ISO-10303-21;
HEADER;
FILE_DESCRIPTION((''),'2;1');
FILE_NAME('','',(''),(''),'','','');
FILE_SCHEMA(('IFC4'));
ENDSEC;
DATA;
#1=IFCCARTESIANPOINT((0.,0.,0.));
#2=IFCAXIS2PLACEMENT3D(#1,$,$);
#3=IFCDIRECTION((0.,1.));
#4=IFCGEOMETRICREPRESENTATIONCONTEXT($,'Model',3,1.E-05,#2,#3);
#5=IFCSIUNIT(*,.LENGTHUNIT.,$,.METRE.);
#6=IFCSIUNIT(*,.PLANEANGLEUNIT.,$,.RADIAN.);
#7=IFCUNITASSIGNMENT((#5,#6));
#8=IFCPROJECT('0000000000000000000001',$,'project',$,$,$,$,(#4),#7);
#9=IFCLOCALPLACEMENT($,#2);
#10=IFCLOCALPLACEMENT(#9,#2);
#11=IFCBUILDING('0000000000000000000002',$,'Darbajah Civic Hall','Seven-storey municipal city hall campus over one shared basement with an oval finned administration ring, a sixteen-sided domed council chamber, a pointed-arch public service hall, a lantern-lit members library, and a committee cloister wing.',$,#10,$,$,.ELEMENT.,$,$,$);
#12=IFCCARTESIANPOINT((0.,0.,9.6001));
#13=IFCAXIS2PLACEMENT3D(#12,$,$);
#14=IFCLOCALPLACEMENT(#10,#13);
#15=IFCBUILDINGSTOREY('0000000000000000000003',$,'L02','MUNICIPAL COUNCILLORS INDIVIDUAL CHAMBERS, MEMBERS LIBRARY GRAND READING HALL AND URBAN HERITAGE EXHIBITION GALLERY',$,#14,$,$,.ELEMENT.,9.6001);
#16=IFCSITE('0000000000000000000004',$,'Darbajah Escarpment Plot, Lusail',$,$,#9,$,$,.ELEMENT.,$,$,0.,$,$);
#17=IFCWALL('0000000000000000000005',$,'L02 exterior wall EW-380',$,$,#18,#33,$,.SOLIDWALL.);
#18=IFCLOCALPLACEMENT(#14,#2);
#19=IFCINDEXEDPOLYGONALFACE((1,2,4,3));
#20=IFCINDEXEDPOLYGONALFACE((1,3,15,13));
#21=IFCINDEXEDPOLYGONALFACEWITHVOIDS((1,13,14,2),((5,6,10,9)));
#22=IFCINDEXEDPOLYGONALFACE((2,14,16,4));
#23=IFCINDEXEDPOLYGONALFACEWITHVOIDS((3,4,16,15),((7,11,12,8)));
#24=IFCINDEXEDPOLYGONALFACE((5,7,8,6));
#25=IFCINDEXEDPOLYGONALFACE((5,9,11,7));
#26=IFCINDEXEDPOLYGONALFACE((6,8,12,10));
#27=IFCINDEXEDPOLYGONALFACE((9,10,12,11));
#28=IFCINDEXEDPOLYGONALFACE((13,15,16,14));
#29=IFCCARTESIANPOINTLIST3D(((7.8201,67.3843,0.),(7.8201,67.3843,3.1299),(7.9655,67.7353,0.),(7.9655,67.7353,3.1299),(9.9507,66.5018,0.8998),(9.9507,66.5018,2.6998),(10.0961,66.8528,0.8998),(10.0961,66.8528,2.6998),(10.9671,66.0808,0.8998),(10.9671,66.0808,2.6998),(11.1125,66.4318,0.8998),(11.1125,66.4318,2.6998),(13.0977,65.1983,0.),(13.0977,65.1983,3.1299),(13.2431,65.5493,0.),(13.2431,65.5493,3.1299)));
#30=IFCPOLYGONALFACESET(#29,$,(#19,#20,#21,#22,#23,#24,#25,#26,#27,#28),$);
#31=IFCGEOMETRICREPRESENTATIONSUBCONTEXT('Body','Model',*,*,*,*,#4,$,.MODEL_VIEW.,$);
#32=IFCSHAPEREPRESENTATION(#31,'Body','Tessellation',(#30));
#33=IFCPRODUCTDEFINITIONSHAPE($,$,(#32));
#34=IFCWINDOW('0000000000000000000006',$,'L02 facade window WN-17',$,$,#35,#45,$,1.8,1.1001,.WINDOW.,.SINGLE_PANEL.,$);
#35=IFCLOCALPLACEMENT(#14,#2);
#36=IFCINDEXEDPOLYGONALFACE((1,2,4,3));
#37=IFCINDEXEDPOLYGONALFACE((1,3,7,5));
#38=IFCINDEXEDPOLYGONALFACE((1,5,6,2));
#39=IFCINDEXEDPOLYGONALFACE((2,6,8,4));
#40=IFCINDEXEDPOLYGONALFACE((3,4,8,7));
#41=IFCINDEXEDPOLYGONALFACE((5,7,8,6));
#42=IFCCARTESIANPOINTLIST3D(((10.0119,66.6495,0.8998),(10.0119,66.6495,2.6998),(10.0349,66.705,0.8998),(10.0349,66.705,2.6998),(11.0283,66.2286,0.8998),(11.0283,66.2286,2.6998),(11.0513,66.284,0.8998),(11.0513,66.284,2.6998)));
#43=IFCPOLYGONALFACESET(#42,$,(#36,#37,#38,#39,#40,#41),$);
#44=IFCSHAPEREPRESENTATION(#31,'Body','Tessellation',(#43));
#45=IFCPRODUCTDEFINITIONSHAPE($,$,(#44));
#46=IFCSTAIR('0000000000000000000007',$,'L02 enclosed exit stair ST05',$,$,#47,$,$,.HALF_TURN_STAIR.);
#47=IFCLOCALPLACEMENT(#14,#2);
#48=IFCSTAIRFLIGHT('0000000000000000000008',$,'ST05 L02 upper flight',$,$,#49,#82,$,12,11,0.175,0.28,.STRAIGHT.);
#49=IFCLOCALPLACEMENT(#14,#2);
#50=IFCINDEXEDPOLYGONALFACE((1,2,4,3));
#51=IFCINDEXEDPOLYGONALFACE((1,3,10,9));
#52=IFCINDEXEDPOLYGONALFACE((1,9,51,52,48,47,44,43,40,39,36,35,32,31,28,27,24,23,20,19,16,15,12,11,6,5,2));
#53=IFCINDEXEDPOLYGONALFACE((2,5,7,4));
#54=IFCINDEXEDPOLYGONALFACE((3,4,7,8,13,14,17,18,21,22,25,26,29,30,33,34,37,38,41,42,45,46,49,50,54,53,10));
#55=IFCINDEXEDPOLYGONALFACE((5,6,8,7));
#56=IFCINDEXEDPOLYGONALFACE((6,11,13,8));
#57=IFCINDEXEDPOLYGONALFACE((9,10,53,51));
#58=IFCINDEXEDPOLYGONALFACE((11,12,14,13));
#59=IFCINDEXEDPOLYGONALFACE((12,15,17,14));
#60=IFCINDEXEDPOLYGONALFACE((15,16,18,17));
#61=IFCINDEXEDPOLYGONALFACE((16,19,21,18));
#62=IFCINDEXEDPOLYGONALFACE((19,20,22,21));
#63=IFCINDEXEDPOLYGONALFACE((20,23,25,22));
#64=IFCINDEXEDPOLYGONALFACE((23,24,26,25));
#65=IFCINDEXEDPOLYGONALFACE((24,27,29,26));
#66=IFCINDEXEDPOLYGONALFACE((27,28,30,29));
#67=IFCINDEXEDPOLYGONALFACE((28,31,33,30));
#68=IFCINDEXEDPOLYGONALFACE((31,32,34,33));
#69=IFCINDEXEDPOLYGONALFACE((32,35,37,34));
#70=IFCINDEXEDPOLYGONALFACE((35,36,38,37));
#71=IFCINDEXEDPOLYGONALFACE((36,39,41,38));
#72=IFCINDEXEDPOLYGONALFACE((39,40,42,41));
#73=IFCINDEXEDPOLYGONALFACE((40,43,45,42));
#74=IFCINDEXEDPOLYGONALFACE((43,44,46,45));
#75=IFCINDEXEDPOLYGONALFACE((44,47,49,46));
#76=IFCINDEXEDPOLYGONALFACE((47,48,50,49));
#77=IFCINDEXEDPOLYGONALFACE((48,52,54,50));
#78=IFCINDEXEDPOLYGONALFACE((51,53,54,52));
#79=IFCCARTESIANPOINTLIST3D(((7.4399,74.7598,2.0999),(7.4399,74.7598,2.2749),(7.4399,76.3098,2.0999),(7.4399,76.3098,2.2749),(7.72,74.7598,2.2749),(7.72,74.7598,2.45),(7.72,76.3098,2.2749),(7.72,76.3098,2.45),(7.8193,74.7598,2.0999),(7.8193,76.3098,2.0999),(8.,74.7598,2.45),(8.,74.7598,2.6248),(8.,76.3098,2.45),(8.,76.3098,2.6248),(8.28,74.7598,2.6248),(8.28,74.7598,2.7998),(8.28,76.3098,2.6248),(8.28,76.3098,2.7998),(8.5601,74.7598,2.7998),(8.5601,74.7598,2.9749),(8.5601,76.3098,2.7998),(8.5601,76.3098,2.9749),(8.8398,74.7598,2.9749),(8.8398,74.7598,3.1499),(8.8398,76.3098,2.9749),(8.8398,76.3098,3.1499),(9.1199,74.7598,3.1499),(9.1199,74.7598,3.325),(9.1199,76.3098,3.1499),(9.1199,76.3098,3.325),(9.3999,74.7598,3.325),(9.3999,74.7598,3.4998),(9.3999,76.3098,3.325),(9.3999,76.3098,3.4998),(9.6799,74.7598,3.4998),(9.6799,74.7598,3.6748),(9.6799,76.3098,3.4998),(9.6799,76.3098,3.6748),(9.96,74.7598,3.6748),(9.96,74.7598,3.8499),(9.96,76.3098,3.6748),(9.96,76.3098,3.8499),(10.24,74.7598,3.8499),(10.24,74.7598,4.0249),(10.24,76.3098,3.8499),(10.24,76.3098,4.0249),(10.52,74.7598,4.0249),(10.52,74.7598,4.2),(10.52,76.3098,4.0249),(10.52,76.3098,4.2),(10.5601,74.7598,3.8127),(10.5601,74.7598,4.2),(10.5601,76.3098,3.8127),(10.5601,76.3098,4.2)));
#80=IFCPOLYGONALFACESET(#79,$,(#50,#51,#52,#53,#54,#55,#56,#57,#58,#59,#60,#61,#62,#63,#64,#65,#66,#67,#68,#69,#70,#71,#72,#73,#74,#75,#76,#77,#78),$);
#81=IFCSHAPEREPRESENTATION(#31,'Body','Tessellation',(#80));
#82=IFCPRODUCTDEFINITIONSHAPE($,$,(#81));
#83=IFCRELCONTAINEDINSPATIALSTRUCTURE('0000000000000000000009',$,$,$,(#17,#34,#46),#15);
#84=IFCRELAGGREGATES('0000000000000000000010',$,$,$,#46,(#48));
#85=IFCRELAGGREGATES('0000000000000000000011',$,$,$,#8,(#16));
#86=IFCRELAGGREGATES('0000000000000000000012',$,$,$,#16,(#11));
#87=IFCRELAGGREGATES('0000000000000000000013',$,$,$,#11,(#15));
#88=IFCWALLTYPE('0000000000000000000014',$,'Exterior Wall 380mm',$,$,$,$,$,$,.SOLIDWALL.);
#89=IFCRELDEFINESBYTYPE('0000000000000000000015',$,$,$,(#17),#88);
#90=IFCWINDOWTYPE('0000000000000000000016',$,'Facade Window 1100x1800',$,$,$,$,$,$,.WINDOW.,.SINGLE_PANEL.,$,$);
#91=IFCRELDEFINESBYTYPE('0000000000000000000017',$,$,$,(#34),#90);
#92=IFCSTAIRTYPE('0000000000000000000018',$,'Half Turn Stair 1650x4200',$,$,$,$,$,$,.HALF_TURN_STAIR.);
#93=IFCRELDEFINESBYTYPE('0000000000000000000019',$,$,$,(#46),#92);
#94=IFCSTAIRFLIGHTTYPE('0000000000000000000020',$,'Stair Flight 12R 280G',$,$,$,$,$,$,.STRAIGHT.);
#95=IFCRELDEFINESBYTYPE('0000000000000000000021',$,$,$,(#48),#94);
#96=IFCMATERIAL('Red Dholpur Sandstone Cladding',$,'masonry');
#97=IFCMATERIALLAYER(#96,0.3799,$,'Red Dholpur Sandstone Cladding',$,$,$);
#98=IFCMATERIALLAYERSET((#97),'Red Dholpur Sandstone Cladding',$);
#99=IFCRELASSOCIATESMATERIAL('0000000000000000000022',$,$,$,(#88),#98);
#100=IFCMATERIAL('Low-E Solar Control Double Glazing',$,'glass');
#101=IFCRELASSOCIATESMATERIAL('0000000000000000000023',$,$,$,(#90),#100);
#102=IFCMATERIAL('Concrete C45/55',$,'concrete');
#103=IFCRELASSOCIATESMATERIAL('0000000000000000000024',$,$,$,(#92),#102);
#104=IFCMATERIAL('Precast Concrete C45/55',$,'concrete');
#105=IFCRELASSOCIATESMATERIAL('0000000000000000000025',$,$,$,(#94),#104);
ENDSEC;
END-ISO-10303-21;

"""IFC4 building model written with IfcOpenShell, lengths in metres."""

from ifc_helpers import new_model, si_unit, direction, frame, frame_2d, origin, place, context, subcontext, project, spatial, polyline, rectangle, outline, extrude, material, layer, layer_set, type_object, element, fill, aggregate, save


model = new_model("IFC4")

# Units and contexts
model_context = context("Model", 3, precision=1e-05, world=origin(), true_north=direction((0.0, 1.0)))
body_context = subcontext(model_context, "Body", "Model", "MODEL_VIEW")
ifc_project = project(units=[si_unit("LENGTHUNIT", "METRE"), si_unit("PLANEANGLEUNIT", "RADIAN")], contexts=[model_context])

# Site, building, storey
site_placement = place(None, origin())
site = spatial("IfcSite", under=ifc_project, at=site_placement, Name="Darbajah Escarpment Plot, Lusail", CompositionType="ELEMENT", RefElevation=0.0)
building_placement = place(site_placement, origin())
building = spatial("IfcBuilding", under=site, at=building_placement, Name="Darbajah Civic Hall", Description="Seven-storey municipal city hall campus over one shared basement with an oval finned administration ring, a sixteen-sided domed council chamber, a pointed-arch public service hall, a lantern-lit members library, and a committee cloister wing.", CompositionType="ELEMENT")
storey_placement = place(building_placement, frame((0.0, 0.0, 9.6001)))
storey = spatial("IfcBuildingStorey", under=building, at=storey_placement, Name="L02", Description="MUNICIPAL COUNCILLORS INDIVIDUAL CHAMBERS, MEMBERS LIBRARY GRAND READING HALL AND URBAN HERITAGE EXHIBITION GALLERY", CompositionType="ELEMENT", Elevation=9.6001)

# Shared definitions
ifc_material_1 = material(Name="Concrete C45/55", Category="concrete")

# Wall, opening, window
ifc_material_2 = material(Name="Red Dholpur Sandstone Cladding", Category="masonry")
ifc_layer_1 = layer(ifc_material_2, 0.3799, Name="Red Dholpur Sandstone Cladding")
ifc_layer_set_1 = layer_set([ifc_layer_1], Name="Red Dholpur Sandstone Cladding")
wall_type_1 = type_object("IfcWallType", Name="Exterior Wall 380mm", PredefinedType="SOLIDWALL", material=ifc_layer_set_1)
ifc_material_3 = material(Name="Low-E Solar Control Double Glazing", Category="glass")
window_type = type_object("IfcWindowType", Name="Facade Window 1100x1800", PartitioningType="SINGLE_PANEL", PredefinedType="WINDOW", material=ifc_material_3)
wall_1_placement = place(storey_placement, frame((7.8928, 67.5598, 0.0), z_axis=(0.0, 0.0, 1.0), x_axis=(0.92388, -0.382681, 0.0)))
wall_1 = element("IfcWall", 1, at=wall_1_placement, inside=storey, type_object=wall_type_1, Name="L02 exterior wall EW-380", PredefinedType="SOLIDWALL", context=body_context, shape_type="SweptSolid", body=[
    extrude(rectangle(XDim=5.7124, YDim=0.3799, at=frame_2d((2.8562, 0.0))), origin(), (0.0, 0.0, 1.0), 3.1299),
])
opening_1_placement = place(wall_1_placement, frame((2.3062, 0.0, 0.8999)))
opening_1 = element("IfcOpeningElement", 2, at=opening_1_placement, cuts=wall_1, PredefinedType="OPENING", context=body_context, shape_type="SweptSolid", body=[
    extrude(rectangle(XDim=1.1001, YDim=1.8, at=frame_2d((0.55, 0.8999))), frame((0.0, 0.2, 0.0), z_axis=(0.0, -1.0, 0.0), x_axis=(1.0, 0.0, 0.0)), (0.0, 0.0, 1.0), 0.3999),
])
window_1_placement = place(opening_1_placement, origin())
window_1 = element("IfcWindow", 3, at=window_1_placement, inside=storey, type_object=window_type, Name="L02 facade window WN-17", OverallHeight=1.8, OverallWidth=1.1001, PartitioningType="SINGLE_PANEL", PredefinedType="WINDOW", context=body_context, shape_type="SweptSolid", body=[
    extrude(rectangle(XDim=1.1001, YDim=1.8, at=frame_2d((0.55, 0.8999))), frame((0.0, 0.03, 0.0), z_axis=(0.0, -1.0, 0.0), x_axis=(1.0, 0.0, 0.0)), (0.0, 0.0, 1.0), 0.0601),
])
fill(opening_1, window_1)

# Stair, stair flight
stair_type = type_object("IfcStairType", Name="Half Turn Stair 1650x4200", PredefinedType="HALF_TURN_STAIR", material=ifc_material_1)
stair_placement = place(storey_placement, origin())
stair = element("IfcStair", 4, at=stair_placement, inside=storey, type_object=stair_type, Name="L02 enclosed exit stair ST05", PredefinedType="HALF_TURN_STAIR")
ifc_material_4 = material(Name="Precast Concrete C45/55", Category="concrete")
stair_flight_type = type_object("IfcStairFlightType", Name="Stair Flight 12R 280G", PredefinedType="STRAIGHT", material=ifc_material_4)
stair_flight_placement = place(storey_placement, frame((7.4399, 75.5349, 2.0999), z_axis=(0.0, 0.0, 1.0), x_axis=(1.0, 0.0, 0.0)))
stair_flight = element("IfcStairFlight", 5, at=stair_flight_placement, type_object=stair_flight_type, Name="ST05 L02 upper flight", NumberOfRisers=12, NumberOfTreads=11, PredefinedType="STRAIGHT", RiserHeight=0.175, TreadLength=0.28, context=body_context, shape_type="SweptSolid", body=[
    extrude(outline(polyline([(0.0, 0.0), (0.0, 0.175), (0.28, 0.175), (0.28, 0.3501), (0.5601, 0.3501), (0.5601, 0.5249), (0.8401, 0.5249), (0.8401, 0.7), (1.1201, 0.7), (1.1201, 0.875), (1.3999, 0.875), (1.3999, 1.05), (1.6799, 1.05), (1.6799, 1.2251), (1.96, 1.2251), (1.96, 1.3999), (2.24, 1.3999), (2.24, 1.575), (2.52, 1.575), (2.52, 1.75), (2.8, 1.75), (2.8, 1.925), (3.0801, 1.925), (3.0801, 2.1001), (3.1201, 2.1001), (3.1201, 1.7129), (0.3794, 0.0), (0.0, 0.0)])), frame((0.0, 0.7749, 0.0), z_axis=(0.0, -1.0, 0.0), x_axis=(1.0, 0.0, 0.0)), (0.0, 0.0, 1.0), 1.55),
])
aggregate(stair, [stair_flight])

save(model, "model.ifc")
